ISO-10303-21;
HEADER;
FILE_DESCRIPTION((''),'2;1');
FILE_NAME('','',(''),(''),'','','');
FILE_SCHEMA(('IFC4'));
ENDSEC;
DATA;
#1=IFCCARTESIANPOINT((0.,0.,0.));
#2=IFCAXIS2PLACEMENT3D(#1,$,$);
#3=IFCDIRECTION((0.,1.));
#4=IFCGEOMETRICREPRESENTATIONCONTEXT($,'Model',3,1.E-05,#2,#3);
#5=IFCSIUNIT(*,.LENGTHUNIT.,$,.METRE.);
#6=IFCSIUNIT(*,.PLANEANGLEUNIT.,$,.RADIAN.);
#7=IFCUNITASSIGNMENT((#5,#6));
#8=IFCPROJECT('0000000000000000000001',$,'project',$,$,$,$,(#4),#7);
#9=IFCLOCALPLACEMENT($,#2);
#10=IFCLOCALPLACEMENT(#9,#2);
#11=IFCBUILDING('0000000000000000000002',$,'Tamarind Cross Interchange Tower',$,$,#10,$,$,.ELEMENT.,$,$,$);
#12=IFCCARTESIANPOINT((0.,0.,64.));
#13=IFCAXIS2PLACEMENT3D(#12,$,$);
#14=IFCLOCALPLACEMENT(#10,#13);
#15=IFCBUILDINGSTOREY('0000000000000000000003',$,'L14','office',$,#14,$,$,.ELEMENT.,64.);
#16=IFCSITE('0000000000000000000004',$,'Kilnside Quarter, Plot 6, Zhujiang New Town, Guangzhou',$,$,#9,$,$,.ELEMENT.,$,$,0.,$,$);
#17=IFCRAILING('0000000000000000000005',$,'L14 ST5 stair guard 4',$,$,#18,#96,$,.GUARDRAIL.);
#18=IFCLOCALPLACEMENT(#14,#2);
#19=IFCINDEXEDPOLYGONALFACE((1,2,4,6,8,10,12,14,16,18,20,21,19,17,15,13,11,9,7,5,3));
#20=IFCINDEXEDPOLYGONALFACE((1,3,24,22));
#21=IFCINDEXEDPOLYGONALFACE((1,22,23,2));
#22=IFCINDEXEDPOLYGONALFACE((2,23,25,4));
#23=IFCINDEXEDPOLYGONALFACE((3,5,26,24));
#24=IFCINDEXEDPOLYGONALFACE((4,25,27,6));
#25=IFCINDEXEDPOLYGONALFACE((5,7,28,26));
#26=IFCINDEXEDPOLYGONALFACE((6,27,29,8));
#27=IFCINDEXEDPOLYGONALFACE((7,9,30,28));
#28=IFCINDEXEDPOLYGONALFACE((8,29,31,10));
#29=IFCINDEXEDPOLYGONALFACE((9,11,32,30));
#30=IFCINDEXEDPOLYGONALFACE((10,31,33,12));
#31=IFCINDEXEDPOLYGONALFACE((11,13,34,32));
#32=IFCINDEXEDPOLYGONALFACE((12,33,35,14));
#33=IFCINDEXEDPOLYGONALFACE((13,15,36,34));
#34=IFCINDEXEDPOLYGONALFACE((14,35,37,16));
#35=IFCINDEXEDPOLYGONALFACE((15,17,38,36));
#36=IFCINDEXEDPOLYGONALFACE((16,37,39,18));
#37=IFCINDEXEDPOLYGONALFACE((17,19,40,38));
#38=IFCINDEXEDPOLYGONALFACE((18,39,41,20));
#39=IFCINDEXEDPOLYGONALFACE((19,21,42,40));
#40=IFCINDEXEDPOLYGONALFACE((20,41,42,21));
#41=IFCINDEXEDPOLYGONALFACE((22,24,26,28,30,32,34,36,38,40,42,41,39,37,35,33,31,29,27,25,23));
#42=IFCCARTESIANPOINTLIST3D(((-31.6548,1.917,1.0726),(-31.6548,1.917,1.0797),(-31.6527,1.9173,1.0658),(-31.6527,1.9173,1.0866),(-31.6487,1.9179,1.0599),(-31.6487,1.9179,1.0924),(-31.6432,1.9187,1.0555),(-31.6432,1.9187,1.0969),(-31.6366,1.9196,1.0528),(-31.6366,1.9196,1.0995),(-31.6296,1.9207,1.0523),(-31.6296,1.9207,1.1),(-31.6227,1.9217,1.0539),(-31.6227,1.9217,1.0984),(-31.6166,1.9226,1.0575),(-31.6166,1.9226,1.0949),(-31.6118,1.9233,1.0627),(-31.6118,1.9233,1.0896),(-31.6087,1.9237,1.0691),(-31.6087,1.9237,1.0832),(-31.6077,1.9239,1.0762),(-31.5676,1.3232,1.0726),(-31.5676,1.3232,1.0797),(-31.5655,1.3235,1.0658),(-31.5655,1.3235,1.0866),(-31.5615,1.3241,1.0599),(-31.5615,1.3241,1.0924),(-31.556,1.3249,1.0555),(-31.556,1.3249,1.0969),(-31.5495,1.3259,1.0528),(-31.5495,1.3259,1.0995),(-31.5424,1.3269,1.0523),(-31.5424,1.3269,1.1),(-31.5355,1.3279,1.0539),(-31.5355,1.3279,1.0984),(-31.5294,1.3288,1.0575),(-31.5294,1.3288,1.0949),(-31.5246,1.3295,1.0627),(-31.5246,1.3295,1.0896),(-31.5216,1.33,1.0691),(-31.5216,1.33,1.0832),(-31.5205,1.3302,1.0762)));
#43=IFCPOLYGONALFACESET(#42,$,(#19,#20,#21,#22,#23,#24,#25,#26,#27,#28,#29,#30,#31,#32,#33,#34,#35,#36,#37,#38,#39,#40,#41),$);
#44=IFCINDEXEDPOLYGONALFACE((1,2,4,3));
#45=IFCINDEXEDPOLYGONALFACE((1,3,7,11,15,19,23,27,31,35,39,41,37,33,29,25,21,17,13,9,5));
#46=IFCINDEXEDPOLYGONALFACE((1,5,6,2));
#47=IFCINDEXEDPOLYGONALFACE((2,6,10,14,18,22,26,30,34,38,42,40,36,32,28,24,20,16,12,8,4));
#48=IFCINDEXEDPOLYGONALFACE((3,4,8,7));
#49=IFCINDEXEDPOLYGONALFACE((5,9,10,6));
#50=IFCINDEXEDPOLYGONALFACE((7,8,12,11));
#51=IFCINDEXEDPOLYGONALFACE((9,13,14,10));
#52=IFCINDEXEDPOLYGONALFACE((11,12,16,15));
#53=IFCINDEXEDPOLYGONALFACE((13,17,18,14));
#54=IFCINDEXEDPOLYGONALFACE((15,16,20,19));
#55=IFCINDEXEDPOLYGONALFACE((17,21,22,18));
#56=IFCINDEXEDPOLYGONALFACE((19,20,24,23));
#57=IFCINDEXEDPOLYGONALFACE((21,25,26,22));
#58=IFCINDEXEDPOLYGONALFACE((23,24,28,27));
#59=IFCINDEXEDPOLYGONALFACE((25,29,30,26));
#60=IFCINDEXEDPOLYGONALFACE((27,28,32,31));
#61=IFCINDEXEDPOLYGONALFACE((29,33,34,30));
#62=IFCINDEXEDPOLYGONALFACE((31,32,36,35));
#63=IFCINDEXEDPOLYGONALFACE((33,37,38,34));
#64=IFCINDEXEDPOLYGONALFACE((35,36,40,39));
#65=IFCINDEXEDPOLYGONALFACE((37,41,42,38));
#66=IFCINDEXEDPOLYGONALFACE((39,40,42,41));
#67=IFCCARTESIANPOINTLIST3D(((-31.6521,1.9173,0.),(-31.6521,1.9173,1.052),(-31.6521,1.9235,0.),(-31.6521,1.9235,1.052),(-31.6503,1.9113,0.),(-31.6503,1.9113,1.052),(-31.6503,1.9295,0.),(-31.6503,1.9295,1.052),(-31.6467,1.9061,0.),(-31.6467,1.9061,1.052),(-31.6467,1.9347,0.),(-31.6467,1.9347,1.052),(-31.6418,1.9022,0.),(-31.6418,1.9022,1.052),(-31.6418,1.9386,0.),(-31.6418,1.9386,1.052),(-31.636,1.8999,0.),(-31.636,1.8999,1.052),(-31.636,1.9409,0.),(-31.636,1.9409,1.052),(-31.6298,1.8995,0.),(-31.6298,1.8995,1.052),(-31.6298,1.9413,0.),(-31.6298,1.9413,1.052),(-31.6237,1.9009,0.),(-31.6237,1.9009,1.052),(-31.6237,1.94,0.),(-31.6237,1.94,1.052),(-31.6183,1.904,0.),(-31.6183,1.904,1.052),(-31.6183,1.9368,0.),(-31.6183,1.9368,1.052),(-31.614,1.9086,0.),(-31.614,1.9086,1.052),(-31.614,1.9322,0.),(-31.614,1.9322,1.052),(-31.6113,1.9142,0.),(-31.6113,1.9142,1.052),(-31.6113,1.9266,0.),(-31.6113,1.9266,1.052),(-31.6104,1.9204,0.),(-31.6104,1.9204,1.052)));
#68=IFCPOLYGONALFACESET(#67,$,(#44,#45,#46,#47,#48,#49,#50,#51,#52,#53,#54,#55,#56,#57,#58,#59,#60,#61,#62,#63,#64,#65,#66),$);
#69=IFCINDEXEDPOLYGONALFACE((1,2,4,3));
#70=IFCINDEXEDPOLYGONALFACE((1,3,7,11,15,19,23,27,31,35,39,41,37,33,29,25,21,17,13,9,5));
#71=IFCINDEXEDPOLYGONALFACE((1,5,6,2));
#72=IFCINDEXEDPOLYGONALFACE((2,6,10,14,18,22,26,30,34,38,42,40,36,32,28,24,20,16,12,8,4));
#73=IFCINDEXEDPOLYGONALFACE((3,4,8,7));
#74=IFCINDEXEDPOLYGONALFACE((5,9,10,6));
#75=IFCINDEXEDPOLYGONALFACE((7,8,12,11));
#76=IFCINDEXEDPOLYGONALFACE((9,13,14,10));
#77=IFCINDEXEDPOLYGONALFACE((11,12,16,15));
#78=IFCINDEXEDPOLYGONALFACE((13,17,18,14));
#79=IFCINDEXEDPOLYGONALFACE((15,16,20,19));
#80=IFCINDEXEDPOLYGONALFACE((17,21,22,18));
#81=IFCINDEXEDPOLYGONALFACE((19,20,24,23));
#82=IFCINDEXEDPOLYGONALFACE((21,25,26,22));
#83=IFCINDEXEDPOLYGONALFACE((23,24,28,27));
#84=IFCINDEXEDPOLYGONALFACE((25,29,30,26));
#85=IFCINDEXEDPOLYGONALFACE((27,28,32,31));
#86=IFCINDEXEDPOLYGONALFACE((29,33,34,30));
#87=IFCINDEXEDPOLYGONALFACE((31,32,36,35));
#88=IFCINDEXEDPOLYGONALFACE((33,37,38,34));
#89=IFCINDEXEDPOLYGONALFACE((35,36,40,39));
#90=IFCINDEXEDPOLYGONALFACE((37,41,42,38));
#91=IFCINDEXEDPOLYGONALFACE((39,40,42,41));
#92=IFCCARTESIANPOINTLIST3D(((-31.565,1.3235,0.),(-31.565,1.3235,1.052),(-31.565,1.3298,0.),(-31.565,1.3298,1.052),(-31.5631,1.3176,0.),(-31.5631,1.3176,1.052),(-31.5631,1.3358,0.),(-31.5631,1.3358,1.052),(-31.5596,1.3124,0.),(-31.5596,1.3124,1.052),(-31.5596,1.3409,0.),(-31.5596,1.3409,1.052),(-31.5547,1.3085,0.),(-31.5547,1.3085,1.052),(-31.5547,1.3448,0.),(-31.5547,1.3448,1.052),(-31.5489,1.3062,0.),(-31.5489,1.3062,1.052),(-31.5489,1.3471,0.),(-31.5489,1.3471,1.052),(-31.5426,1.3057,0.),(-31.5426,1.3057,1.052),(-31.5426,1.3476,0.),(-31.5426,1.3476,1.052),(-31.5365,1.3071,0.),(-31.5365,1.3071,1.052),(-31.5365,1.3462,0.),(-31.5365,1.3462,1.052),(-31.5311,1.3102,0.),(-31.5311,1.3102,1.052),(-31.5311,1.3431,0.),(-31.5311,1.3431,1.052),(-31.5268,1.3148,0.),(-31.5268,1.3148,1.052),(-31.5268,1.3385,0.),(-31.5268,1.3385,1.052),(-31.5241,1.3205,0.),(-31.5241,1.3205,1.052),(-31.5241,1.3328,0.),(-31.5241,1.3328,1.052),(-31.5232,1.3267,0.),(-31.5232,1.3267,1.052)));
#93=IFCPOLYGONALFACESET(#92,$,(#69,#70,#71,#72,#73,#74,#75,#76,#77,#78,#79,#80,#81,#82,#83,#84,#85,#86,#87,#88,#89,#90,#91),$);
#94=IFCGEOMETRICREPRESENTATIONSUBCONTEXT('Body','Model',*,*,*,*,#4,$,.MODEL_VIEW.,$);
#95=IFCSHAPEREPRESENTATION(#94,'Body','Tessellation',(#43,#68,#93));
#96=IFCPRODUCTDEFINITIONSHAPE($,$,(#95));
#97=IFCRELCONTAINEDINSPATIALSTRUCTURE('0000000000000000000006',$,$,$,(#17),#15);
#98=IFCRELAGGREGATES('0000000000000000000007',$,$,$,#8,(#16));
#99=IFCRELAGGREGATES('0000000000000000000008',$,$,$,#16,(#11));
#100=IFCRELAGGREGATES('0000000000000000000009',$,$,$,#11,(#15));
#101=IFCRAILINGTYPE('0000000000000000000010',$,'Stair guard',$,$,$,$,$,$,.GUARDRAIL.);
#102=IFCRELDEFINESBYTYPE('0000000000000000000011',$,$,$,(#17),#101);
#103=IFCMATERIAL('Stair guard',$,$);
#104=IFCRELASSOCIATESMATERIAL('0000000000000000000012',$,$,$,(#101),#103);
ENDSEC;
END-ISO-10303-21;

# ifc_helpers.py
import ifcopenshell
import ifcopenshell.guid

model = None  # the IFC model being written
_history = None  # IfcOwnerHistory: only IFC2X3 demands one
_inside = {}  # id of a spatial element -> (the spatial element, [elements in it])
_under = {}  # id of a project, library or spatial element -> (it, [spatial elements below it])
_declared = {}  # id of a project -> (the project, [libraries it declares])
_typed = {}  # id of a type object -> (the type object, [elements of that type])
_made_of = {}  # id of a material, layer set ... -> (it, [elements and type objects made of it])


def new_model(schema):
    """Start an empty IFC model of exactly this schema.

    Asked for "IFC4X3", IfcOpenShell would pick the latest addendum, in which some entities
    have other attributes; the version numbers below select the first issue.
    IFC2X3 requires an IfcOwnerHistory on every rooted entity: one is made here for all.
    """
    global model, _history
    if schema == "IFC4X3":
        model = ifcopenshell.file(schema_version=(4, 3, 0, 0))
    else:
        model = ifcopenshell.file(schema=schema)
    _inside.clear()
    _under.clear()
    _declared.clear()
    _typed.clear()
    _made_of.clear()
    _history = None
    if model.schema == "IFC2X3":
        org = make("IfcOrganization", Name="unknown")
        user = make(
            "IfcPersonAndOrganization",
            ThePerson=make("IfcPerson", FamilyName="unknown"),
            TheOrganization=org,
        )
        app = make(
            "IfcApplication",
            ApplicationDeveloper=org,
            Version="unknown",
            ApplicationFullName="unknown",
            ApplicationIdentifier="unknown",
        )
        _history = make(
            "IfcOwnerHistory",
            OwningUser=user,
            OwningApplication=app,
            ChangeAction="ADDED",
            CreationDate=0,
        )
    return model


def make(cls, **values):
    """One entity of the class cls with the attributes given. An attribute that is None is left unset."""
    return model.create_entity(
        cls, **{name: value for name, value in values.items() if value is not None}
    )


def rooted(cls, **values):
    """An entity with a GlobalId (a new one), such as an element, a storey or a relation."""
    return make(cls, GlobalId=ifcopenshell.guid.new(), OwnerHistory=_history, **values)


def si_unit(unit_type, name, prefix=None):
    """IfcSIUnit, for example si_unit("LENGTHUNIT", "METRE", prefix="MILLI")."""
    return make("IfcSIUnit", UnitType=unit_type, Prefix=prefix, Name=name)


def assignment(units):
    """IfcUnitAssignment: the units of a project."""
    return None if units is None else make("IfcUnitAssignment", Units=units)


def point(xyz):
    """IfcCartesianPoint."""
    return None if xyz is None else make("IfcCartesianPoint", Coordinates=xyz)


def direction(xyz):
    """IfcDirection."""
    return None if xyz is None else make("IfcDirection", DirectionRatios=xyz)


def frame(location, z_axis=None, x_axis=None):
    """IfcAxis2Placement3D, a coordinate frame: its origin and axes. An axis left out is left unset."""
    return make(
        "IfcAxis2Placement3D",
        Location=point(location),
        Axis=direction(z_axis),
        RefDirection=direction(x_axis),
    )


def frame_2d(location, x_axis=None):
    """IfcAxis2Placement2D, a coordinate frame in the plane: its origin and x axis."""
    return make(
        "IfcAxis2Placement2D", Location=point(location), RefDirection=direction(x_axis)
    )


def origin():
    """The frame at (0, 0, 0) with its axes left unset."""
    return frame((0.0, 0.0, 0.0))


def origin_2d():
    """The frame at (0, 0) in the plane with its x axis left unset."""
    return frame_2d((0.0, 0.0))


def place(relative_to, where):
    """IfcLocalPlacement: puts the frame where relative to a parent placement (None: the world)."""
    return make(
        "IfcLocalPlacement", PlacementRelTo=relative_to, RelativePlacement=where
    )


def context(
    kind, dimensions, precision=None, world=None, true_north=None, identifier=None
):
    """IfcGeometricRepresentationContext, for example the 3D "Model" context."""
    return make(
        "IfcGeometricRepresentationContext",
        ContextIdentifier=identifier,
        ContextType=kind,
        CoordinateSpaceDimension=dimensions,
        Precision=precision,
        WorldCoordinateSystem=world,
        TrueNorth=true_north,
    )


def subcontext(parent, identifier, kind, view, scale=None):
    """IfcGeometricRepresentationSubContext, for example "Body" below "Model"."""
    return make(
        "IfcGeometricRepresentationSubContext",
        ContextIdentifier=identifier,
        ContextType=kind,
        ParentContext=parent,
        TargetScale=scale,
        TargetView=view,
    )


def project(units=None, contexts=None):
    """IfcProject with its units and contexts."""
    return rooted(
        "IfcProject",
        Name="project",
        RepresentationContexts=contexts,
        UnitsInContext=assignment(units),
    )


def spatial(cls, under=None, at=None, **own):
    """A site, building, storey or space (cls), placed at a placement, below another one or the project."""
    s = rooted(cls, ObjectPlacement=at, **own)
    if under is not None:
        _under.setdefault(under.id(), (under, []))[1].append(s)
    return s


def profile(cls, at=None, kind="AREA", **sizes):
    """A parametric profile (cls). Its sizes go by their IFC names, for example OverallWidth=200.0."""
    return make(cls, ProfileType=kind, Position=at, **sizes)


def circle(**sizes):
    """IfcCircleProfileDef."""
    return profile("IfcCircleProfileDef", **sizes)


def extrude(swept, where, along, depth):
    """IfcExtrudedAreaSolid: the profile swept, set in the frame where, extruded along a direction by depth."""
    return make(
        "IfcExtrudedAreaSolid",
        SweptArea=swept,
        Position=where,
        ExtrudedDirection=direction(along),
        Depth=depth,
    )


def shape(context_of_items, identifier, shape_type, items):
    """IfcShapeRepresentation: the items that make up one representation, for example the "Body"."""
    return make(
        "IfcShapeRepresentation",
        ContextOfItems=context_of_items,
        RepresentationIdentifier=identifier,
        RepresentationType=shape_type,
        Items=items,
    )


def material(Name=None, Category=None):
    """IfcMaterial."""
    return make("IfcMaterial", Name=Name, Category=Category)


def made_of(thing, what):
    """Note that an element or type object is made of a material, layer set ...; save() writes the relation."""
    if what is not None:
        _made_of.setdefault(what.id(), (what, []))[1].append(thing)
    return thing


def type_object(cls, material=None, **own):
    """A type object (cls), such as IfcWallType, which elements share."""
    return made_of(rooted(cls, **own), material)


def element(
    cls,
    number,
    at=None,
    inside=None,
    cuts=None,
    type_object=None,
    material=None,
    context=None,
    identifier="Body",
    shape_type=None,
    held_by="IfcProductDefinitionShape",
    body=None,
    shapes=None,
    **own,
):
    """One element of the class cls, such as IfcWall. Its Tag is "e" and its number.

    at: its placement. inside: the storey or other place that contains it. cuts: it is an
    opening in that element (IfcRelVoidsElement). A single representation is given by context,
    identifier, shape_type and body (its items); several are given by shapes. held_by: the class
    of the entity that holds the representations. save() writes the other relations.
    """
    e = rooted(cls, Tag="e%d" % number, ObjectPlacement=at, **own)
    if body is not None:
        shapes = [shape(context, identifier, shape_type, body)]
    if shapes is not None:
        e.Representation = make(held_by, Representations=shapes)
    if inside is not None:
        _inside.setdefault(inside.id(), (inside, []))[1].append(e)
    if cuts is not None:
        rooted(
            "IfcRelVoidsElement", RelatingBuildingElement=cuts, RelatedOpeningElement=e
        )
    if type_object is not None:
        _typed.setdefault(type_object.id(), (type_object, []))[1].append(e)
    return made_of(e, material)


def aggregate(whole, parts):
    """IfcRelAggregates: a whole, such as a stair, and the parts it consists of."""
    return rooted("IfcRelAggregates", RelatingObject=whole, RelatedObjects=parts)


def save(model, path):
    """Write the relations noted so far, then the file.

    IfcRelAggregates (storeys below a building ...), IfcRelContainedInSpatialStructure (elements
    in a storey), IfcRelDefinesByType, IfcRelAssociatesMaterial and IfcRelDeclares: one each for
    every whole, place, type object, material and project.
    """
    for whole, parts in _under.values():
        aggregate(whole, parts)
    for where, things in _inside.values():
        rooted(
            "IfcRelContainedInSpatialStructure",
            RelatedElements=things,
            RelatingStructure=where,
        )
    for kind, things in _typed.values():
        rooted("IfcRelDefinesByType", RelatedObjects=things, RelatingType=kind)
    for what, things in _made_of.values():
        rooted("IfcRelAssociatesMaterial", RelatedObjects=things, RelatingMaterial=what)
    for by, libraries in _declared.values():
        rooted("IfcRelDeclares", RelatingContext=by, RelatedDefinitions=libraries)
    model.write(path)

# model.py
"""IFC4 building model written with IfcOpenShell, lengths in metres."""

from ifc_helpers import new_model, si_unit, direction, frame, origin, origin_2d, place, context, subcontext, project, spatial, circle, extrude, material, type_object, element, save


model = new_model("IFC4")

# Units and contexts
model_context = context("Model", 3, precision=1e-05, world=origin(), true_north=direction((0.0, 1.0)))
body_context = subcontext(model_context, "Body", "Model", "MODEL_VIEW")
ifc_project = project(units=[si_unit("LENGTHUNIT", "METRE"), si_unit("PLANEANGLEUNIT", "RADIAN")], contexts=[model_context])

# Site, building, storey
site_placement = place(None, origin())
site = spatial("IfcSite", under=ifc_project, at=site_placement, Name="Kilnside Quarter, Plot 6, Zhujiang New Town, Guangzhou", CompositionType="ELEMENT", RefElevation=0.0)
building_placement = place(site_placement, origin())
building = spatial("IfcBuilding", under=site, at=building_placement, Name="Tamarind Cross Interchange Tower", CompositionType="ELEMENT")
storey_placement = place(building_placement, frame((0.0, 0.0, 64.0)))
storey = spatial("IfcBuildingStorey", under=building, at=storey_placement, Name="L14", Description="office", CompositionType="ELEMENT", Elevation=64.0)

# Railing
ifc_material_1 = material(Name="Stair guard")
railing_type_1 = type_object("IfcRailingType", Name="Stair guard", PredefinedType="GUARDRAIL", material=ifc_material_1)
railing_1_placement = place(storey_placement, frame((-31.6313, 1.9204, 0.0)))
element("IfcRailing", 1, at=railing_1_placement, inside=storey, type_object=railing_type_1, Name="L14 ST5 stair guard 4", PredefinedType="GUARDRAIL", context=body_context, shape_type="SweptSolid", body=[
    extrude(circle(Radius=0.0239, at=origin_2d()), frame((0.0, 0.0, 1.0762), z_axis=(0.145236, -0.989397, 0.0), x_axis=(0.989397, 0.145236, 0.0)), (0.0, 0.0, 1.0), 0.6001),
    extrude(circle(Radius=0.021, at=origin_2d()), origin(), (0.0, 0.0, 1.0), 1.052),
    extrude(circle(Radius=0.021, at=origin_2d()), frame((0.0872, -0.5938, 0.0)), (0.0, 0.0, 1.0), 1.052),
])

save(model, "model.ifc")
